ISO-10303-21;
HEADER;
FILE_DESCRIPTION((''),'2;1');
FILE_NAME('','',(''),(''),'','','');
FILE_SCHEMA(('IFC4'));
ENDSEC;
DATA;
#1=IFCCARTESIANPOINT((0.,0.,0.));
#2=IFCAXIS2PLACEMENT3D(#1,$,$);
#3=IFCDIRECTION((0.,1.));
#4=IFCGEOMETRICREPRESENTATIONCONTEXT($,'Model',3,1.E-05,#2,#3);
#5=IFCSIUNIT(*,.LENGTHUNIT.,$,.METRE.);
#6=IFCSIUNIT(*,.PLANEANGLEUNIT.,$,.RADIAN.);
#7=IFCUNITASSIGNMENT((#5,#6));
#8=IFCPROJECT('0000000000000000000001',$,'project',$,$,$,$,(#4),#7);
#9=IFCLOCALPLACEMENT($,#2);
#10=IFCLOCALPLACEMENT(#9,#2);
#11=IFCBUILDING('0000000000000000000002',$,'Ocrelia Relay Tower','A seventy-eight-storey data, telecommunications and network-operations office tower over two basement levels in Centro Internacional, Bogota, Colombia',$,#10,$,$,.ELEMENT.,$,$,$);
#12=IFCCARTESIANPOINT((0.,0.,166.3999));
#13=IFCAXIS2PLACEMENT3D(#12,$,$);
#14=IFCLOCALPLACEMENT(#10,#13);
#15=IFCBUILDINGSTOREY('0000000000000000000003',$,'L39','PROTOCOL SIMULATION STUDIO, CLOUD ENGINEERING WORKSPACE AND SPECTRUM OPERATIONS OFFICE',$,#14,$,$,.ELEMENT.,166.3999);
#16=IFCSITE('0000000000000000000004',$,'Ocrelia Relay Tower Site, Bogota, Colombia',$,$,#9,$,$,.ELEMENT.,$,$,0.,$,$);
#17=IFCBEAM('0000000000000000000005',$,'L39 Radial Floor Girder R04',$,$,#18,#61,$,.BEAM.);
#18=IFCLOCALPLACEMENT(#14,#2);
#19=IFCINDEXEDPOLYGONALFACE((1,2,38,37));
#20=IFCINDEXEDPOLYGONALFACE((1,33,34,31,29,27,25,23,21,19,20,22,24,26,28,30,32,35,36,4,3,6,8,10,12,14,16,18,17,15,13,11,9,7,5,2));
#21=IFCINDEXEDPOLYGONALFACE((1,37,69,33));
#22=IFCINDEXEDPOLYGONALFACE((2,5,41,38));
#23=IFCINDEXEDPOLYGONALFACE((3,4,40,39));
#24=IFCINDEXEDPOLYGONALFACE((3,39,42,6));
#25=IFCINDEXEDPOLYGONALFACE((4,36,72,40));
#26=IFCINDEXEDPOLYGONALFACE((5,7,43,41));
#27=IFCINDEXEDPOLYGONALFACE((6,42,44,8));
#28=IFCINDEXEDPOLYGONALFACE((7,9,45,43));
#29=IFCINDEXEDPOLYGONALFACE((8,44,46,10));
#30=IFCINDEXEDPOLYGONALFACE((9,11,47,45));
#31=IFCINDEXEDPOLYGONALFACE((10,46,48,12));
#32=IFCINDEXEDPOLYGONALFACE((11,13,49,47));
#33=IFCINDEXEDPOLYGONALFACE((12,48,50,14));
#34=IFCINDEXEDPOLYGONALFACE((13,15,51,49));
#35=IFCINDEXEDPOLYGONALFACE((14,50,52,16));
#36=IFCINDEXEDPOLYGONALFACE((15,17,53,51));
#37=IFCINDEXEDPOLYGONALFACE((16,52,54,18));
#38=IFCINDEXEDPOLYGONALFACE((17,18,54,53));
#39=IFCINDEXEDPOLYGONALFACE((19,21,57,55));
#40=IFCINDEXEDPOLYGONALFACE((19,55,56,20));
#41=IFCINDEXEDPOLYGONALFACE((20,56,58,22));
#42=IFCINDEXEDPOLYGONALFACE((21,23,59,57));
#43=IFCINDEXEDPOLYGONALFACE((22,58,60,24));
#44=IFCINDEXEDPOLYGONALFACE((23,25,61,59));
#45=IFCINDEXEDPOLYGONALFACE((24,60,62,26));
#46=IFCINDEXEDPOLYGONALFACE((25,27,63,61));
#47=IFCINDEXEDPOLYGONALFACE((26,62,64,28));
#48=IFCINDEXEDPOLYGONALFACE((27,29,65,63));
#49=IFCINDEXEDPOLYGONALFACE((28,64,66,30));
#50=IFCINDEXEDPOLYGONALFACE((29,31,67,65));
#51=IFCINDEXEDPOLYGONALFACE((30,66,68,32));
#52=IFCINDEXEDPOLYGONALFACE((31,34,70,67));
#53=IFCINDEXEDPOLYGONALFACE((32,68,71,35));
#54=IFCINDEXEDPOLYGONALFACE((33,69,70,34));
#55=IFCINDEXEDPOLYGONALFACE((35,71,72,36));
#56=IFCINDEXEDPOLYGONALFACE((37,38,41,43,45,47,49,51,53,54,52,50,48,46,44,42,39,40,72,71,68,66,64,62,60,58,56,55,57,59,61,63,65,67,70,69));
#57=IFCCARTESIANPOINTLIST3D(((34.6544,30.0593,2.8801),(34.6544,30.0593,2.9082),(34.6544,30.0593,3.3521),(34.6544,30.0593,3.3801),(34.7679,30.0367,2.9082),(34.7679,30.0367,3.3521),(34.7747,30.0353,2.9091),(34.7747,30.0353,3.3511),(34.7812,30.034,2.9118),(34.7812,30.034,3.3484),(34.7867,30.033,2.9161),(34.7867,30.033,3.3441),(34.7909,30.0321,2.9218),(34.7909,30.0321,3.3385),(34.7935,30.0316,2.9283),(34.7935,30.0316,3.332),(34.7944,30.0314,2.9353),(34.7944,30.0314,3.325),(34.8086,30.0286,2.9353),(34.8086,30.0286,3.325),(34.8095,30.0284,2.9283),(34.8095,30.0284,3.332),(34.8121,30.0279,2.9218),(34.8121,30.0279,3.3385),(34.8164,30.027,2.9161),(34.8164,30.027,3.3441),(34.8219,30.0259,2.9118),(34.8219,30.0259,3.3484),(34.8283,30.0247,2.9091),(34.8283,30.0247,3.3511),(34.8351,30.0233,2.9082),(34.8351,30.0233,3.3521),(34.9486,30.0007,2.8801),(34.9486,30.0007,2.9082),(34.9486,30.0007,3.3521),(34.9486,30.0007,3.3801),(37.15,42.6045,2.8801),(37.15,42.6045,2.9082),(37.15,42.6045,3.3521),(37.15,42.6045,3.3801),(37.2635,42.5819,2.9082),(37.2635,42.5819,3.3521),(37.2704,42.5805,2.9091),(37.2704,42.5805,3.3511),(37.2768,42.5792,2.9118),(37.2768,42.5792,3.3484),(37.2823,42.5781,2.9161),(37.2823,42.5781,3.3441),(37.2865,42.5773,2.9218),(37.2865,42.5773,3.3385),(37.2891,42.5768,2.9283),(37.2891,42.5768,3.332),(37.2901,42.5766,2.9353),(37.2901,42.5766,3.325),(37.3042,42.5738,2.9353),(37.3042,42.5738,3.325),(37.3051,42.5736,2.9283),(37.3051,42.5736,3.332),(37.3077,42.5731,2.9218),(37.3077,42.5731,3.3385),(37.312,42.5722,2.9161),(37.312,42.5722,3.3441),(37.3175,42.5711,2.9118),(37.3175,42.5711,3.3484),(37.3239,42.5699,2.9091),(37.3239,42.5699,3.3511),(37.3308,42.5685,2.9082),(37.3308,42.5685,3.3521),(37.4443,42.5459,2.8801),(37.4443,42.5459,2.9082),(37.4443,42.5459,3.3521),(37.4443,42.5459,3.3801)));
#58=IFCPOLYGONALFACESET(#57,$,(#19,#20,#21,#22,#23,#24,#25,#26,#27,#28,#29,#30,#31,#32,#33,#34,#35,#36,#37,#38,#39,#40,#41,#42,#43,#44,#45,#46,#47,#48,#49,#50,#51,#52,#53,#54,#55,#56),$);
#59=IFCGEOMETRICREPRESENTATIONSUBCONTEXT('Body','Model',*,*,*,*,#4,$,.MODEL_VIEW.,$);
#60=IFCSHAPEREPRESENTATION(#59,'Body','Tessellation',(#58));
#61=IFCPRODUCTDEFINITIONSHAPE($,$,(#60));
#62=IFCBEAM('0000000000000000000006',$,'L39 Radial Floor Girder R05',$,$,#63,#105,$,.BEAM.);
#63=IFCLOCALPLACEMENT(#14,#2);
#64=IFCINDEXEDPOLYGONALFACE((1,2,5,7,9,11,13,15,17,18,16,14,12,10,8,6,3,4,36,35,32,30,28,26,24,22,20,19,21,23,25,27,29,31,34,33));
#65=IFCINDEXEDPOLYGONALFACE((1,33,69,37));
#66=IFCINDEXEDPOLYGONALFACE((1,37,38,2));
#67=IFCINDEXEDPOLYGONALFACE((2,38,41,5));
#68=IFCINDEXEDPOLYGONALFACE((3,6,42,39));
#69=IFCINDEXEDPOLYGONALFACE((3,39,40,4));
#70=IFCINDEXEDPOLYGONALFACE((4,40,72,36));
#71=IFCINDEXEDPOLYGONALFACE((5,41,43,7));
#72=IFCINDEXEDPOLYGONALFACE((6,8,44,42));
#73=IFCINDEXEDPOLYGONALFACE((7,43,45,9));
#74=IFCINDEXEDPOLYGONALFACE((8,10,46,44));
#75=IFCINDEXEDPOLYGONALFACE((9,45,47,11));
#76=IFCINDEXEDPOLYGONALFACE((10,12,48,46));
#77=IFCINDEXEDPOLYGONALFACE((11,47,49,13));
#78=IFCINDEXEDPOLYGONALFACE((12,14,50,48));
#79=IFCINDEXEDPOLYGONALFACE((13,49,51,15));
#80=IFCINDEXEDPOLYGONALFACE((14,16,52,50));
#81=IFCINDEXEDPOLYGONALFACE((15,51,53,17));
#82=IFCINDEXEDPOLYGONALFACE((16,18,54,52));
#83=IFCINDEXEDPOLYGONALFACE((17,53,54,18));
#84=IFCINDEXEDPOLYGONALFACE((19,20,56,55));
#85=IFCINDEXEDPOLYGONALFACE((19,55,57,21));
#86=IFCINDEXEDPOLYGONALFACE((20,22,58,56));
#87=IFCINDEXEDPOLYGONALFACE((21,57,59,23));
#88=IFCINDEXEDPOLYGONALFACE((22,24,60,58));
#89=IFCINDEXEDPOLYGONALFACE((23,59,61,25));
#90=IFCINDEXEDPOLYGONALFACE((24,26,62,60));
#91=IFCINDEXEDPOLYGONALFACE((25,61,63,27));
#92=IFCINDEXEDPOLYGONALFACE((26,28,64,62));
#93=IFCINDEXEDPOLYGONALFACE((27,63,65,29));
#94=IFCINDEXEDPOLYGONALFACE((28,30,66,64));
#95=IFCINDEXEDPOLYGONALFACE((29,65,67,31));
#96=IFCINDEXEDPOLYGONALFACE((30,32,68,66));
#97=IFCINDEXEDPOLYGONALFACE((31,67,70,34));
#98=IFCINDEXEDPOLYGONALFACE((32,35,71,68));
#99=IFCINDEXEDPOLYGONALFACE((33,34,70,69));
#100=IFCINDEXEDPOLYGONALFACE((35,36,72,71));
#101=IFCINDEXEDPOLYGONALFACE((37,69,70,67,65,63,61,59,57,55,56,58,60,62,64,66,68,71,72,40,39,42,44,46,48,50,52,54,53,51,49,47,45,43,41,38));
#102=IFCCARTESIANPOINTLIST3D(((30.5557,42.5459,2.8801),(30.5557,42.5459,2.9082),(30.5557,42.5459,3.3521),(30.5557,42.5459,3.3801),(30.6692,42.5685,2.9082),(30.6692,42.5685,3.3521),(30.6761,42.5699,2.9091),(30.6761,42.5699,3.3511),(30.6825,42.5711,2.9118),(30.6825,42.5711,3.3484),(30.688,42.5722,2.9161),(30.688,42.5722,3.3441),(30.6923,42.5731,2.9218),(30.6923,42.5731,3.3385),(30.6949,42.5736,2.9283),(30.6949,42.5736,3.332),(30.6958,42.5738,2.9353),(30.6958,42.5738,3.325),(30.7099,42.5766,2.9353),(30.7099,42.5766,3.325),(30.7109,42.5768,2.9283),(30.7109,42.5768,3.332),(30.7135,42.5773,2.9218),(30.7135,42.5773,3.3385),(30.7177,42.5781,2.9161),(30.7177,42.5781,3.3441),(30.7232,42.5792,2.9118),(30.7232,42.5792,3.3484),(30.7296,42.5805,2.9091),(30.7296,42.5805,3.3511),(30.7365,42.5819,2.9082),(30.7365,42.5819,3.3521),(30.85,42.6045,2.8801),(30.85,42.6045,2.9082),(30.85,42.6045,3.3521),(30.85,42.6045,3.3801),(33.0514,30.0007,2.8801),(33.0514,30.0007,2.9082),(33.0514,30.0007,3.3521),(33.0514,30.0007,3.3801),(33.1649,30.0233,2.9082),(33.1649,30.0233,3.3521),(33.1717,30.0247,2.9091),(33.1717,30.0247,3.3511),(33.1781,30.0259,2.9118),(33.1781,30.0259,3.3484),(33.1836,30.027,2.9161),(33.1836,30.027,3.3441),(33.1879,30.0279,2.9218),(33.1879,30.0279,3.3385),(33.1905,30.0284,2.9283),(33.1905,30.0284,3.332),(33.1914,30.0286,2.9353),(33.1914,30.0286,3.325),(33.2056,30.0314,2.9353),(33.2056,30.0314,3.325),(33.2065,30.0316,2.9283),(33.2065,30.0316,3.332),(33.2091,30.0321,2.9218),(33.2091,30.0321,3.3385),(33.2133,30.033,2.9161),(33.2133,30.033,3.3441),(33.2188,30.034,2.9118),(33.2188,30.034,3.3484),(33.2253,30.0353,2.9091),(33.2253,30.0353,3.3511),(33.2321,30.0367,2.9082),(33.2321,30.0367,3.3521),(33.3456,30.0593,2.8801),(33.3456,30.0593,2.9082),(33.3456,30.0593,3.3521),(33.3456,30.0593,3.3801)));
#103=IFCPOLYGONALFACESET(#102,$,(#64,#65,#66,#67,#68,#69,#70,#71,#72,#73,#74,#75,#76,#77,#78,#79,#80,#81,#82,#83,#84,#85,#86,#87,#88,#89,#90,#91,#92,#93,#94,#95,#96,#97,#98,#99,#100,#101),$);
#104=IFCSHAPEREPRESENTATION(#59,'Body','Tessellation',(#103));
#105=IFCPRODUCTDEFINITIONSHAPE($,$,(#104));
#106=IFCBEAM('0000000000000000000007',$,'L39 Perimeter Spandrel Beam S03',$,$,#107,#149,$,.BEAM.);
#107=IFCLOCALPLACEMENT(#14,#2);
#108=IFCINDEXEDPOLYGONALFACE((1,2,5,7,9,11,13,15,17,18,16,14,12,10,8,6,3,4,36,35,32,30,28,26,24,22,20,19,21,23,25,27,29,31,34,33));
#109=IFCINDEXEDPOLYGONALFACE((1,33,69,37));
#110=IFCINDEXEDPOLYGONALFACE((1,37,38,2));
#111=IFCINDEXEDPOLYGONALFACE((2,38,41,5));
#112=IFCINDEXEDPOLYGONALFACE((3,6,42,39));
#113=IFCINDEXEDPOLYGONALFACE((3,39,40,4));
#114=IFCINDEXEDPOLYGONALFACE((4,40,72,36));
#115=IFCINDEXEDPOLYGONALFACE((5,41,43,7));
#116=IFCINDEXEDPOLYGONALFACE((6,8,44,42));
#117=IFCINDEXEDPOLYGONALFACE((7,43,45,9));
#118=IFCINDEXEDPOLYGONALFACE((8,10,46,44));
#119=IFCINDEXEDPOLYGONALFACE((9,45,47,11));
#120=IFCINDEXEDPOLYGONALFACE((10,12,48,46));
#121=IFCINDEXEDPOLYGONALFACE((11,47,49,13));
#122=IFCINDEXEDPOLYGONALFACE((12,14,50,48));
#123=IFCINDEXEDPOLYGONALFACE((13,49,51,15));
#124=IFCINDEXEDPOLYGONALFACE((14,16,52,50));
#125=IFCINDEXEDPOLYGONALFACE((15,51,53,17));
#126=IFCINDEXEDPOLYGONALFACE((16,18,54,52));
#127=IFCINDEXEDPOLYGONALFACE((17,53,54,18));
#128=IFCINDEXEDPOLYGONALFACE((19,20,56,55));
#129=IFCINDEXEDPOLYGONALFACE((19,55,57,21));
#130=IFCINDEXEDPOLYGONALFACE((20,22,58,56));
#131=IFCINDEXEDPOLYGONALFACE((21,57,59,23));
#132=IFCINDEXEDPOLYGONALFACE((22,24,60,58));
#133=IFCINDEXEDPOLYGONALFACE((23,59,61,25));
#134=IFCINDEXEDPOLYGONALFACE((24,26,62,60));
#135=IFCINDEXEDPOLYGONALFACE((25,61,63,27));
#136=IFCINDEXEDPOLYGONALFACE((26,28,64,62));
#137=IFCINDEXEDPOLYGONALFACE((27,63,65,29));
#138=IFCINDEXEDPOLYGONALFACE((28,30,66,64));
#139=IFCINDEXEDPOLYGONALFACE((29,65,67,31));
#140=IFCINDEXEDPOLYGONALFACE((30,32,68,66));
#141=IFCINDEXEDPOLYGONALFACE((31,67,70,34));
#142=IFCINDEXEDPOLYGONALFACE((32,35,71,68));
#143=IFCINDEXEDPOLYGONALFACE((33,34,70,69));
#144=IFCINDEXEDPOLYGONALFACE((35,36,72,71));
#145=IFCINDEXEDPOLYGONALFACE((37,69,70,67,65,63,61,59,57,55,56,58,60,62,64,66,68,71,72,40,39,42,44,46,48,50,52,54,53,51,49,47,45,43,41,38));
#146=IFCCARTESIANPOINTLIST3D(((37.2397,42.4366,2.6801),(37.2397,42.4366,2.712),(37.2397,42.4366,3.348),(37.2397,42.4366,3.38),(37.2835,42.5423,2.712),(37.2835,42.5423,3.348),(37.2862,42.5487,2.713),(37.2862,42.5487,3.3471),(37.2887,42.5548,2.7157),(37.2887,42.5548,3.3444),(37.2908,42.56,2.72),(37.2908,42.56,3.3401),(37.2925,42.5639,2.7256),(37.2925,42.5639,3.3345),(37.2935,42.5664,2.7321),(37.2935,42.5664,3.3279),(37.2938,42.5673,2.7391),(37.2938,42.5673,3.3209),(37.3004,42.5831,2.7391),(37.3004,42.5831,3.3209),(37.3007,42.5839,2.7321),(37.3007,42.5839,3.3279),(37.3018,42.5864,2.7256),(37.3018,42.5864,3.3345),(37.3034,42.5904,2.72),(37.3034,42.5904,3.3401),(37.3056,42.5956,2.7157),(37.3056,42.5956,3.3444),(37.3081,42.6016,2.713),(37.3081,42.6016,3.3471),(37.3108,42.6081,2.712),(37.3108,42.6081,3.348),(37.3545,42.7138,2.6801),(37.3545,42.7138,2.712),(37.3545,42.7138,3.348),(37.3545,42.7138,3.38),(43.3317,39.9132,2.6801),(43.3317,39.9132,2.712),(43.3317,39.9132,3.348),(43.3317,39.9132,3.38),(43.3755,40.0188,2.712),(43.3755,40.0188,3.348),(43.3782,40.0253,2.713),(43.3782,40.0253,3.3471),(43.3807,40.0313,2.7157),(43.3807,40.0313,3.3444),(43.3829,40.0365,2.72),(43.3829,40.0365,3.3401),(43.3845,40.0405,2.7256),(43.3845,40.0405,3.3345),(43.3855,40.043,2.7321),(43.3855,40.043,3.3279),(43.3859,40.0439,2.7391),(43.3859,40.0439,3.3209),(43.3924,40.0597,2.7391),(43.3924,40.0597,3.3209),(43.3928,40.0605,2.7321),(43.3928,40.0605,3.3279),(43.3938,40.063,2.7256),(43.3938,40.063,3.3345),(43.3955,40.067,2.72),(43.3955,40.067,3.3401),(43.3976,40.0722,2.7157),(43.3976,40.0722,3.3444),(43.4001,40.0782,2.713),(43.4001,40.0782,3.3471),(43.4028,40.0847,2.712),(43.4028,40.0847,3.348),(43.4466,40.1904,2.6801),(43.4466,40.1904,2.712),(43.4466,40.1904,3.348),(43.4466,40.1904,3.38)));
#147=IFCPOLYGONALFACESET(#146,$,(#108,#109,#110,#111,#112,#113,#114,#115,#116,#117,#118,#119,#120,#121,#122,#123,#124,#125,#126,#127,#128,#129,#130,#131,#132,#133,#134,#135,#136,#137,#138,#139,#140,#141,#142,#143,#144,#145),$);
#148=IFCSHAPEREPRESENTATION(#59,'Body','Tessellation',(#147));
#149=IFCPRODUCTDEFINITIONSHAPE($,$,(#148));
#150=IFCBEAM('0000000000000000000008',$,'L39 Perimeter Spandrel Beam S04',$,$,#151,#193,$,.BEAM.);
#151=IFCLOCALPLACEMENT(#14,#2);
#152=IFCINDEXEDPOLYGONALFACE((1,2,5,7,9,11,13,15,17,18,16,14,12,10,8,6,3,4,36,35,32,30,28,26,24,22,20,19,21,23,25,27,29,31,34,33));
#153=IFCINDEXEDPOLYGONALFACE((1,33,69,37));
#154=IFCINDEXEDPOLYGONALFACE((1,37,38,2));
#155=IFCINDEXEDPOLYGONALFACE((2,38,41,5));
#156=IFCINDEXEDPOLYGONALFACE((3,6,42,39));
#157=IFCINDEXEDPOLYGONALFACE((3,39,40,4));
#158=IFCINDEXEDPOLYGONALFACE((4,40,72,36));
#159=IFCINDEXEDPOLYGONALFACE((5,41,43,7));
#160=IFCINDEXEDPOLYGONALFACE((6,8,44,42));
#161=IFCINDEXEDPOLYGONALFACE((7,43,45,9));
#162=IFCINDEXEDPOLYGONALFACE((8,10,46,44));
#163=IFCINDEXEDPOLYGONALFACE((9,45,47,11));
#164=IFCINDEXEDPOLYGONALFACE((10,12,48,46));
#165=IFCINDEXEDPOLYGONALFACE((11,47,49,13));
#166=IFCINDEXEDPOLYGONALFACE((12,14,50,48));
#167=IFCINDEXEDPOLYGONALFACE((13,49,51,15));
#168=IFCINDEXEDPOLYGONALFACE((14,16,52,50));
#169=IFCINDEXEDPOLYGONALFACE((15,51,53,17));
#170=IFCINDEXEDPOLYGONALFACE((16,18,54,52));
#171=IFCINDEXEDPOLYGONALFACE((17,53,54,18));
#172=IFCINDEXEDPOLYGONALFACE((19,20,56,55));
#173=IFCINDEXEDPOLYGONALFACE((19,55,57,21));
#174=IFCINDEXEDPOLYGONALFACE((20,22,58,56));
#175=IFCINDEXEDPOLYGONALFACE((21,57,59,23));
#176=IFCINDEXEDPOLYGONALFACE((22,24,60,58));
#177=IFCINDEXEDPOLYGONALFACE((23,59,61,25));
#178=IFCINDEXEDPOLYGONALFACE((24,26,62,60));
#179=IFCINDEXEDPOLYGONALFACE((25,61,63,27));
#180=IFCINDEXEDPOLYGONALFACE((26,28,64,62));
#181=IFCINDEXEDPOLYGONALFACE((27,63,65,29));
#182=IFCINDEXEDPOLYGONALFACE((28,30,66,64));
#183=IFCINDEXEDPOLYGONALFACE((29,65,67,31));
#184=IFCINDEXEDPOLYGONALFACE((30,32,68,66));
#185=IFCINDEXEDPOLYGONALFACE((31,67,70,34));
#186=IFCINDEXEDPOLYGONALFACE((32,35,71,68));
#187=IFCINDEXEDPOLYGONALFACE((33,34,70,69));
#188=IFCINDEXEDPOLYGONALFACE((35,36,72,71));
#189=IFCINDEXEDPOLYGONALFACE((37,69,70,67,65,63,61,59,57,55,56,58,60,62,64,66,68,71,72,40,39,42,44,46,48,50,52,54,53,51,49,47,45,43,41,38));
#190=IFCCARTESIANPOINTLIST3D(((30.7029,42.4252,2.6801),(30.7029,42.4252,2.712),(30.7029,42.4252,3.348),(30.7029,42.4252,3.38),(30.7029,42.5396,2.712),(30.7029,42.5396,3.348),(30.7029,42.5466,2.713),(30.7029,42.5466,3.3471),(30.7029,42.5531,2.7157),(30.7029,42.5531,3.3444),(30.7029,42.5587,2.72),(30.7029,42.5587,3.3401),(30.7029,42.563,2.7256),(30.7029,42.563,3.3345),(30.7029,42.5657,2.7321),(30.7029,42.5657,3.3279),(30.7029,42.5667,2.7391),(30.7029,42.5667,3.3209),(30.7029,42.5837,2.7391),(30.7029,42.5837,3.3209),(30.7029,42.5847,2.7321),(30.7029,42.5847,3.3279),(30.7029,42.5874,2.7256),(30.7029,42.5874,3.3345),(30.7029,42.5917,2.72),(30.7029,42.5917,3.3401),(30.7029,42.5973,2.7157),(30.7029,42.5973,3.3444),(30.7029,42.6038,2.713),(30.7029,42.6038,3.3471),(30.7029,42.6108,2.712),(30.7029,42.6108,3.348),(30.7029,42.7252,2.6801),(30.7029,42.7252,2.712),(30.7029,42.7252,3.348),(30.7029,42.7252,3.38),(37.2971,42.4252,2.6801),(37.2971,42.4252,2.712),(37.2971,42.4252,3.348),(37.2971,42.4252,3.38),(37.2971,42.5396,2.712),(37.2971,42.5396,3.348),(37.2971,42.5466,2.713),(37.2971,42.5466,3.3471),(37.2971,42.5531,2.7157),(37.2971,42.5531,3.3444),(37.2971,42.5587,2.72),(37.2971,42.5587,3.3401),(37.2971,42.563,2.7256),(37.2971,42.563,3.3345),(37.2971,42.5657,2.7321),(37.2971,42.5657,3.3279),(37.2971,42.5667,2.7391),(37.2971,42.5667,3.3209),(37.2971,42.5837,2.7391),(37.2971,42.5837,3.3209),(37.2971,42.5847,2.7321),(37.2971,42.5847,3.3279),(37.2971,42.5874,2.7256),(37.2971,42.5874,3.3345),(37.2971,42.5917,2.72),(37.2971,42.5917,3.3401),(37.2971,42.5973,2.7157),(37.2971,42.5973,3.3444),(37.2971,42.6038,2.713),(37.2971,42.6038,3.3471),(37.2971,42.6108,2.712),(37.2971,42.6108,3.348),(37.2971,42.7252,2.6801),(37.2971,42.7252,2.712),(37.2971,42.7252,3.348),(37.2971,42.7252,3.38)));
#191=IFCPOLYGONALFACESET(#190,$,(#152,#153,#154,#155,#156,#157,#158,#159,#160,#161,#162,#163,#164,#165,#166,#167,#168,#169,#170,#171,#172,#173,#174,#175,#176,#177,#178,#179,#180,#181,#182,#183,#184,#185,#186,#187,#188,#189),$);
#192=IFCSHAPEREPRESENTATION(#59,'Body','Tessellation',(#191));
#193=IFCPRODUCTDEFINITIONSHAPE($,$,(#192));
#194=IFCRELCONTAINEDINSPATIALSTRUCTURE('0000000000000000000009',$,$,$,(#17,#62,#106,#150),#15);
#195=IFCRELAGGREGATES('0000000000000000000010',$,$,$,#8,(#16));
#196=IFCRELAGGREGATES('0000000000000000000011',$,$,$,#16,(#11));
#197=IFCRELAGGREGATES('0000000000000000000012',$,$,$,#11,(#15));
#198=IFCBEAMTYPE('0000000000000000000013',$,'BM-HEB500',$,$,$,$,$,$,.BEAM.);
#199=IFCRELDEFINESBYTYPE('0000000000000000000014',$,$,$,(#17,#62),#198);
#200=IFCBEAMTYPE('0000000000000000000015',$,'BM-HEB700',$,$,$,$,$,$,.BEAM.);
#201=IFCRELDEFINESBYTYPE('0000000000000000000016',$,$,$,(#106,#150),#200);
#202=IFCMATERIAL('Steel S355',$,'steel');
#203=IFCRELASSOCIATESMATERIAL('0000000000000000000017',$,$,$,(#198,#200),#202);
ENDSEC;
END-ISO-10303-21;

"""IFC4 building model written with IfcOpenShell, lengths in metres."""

from ifc_helpers import new_model, si_unit, direction, frame, origin, origin_2d, place, context, subcontext, project, spatial, i_section, extrude, material, material_profile, profile_set, type_object, element, save


model = new_model("IFC4")

# Units and contexts
model_context = context("Model", 3, precision=1e-05, world=origin(), true_north=direction((0.0, 1.0)))
body_context = subcontext(model_context, "Body", "Model", "MODEL_VIEW")
ifc_project = project(units=[si_unit("LENGTHUNIT", "METRE"), si_unit("PLANEANGLEUNIT", "RADIAN")], contexts=[model_context])

# Site, building, storey
site_placement = place(None, origin())
site = spatial("IfcSite", under=ifc_project, at=site_placement, Name="Ocrelia Relay Tower Site, Bogota, Colombia", CompositionType="ELEMENT", RefElevation=0.0)
building_placement = place(site_placement, origin())
building = spatial("IfcBuilding", under=site, at=building_placement, Name="Ocrelia Relay Tower", Description="A seventy-eight-storey data, telecommunications and network-operations office tower over two basement levels in Centro Internacional, Bogota, Colombia", CompositionType="ELEMENT")
storey_placement = place(building_placement, frame((0.0, 0.0, 166.3999)))
storey = spatial("IfcBuildingStorey", under=building, at=storey_placement, Name="L39", Description="PROTOCOL SIMULATION STUDIO, CLOUD ENGINEERING WORKSPACE AND SPECTRUM OPERATIONS OFFICE", CompositionType="ELEMENT", Elevation=166.3999)

# Beams
ifc_material_1 = material(Name="Steel S355", Category="steel")
ifc_material_profile_1 = material_profile(ifc_material_1, i_section(OverallWidth=0.3, OverallDepth=0.5, WebThickness=0.0144, FlangeThickness=0.0281, FilletRadius=0.0271, at=origin_2d()), Name="HEB 500")
ifc_profile_set_1 = profile_set([ifc_material_profile_1], Name="Steel S355")
beam_type_1 = type_object("IfcBeamType", Name="BM-HEB500", PredefinedType="BEAM", material=ifc_profile_set_1)
for number, where, z_axis, x_axis, name in (
    (1, (37.2971, 42.5752, 3.1301), (-0.195107, -0.980782, 0.0), (0.980782, -0.195107, 0.0), "L39 Radial Floor Girder R04"),
    (2, (30.7029, 42.5752, 3.1301), (0.195107, -0.980782, 0.0), (0.980782, 0.195107, 0.0), "L39 Radial Floor Girder R05"),
):
    element("IfcBeam", number, at=place(storey_placement, frame(where, z_axis=z_axis, x_axis=x_axis)), inside=storey, type_object=beam_type_1, Name=name, PredefinedType="BEAM", context=body_context, shape_type="SweptSolid", body=[
        extrude(i_section(OverallWidth=0.3, OverallDepth=0.5, WebThickness=0.0144, FlangeThickness=0.0281, FilletRadius=0.0271, at=origin_2d()), origin(), (0.0, 0.0, 1.0), 12.791),
    ])
ifc_material_profile_2 = material_profile(ifc_material_1, i_section(OverallWidth=0.3, OverallDepth=0.7, WebThickness=0.0171, FlangeThickness=0.032, FilletRadius=0.0271, at=origin_2d()), Name="HEB 700")
ifc_profile_set_2 = profile_set([ifc_material_profile_2], Name="Steel S355")
beam_type_2 = type_object("IfcBeamType", Name="BM-HEB700", PredefinedType="BEAM", material=ifc_profile_set_2)
beam_1_placement = place(storey_placement, frame((43.3892, 40.0518, 3.03), z_axis=(-0.923878, 0.382688, 0.0), x_axis=(-0.382688, -0.923878, 0.0)))
element("IfcBeam", 3, at=beam_1_placement, inside=storey, type_object=beam_type_2, Name="L39 Perimeter Spandrel Beam S03", PredefinedType="BEAM", context=body_context, shape_type="SweptSolid", body=[
    extrude(i_section(OverallWidth=0.3, OverallDepth=0.7, WebThickness=0.0171, FlangeThickness=0.032, FilletRadius=0.0271, at=origin_2d()), origin(), (0.0, 0.0, 1.0), 6.594),
])
beam_2_placement = place(storey_placement, frame((37.2971, 42.5752, 3.03), z_axis=(-1.0, 0.0, 0.0), x_axis=(0.0, -1.0, 0.0)))
element("IfcBeam", 4, at=beam_2_placement, inside=storey, type_object=beam_type_2, Name="L39 Perimeter Spandrel Beam S04", PredefinedType="BEAM", context=body_context, shape_type="SweptSolid", body=[
    extrude(i_section(OverallWidth=0.3, OverallDepth=0.7, WebThickness=0.0171, FlangeThickness=0.032, FilletRadius=0.0271, at=origin_2d()), origin(), (0.0, 0.0, 1.0), 6.5942),
])

save(model, "model.ifc")
